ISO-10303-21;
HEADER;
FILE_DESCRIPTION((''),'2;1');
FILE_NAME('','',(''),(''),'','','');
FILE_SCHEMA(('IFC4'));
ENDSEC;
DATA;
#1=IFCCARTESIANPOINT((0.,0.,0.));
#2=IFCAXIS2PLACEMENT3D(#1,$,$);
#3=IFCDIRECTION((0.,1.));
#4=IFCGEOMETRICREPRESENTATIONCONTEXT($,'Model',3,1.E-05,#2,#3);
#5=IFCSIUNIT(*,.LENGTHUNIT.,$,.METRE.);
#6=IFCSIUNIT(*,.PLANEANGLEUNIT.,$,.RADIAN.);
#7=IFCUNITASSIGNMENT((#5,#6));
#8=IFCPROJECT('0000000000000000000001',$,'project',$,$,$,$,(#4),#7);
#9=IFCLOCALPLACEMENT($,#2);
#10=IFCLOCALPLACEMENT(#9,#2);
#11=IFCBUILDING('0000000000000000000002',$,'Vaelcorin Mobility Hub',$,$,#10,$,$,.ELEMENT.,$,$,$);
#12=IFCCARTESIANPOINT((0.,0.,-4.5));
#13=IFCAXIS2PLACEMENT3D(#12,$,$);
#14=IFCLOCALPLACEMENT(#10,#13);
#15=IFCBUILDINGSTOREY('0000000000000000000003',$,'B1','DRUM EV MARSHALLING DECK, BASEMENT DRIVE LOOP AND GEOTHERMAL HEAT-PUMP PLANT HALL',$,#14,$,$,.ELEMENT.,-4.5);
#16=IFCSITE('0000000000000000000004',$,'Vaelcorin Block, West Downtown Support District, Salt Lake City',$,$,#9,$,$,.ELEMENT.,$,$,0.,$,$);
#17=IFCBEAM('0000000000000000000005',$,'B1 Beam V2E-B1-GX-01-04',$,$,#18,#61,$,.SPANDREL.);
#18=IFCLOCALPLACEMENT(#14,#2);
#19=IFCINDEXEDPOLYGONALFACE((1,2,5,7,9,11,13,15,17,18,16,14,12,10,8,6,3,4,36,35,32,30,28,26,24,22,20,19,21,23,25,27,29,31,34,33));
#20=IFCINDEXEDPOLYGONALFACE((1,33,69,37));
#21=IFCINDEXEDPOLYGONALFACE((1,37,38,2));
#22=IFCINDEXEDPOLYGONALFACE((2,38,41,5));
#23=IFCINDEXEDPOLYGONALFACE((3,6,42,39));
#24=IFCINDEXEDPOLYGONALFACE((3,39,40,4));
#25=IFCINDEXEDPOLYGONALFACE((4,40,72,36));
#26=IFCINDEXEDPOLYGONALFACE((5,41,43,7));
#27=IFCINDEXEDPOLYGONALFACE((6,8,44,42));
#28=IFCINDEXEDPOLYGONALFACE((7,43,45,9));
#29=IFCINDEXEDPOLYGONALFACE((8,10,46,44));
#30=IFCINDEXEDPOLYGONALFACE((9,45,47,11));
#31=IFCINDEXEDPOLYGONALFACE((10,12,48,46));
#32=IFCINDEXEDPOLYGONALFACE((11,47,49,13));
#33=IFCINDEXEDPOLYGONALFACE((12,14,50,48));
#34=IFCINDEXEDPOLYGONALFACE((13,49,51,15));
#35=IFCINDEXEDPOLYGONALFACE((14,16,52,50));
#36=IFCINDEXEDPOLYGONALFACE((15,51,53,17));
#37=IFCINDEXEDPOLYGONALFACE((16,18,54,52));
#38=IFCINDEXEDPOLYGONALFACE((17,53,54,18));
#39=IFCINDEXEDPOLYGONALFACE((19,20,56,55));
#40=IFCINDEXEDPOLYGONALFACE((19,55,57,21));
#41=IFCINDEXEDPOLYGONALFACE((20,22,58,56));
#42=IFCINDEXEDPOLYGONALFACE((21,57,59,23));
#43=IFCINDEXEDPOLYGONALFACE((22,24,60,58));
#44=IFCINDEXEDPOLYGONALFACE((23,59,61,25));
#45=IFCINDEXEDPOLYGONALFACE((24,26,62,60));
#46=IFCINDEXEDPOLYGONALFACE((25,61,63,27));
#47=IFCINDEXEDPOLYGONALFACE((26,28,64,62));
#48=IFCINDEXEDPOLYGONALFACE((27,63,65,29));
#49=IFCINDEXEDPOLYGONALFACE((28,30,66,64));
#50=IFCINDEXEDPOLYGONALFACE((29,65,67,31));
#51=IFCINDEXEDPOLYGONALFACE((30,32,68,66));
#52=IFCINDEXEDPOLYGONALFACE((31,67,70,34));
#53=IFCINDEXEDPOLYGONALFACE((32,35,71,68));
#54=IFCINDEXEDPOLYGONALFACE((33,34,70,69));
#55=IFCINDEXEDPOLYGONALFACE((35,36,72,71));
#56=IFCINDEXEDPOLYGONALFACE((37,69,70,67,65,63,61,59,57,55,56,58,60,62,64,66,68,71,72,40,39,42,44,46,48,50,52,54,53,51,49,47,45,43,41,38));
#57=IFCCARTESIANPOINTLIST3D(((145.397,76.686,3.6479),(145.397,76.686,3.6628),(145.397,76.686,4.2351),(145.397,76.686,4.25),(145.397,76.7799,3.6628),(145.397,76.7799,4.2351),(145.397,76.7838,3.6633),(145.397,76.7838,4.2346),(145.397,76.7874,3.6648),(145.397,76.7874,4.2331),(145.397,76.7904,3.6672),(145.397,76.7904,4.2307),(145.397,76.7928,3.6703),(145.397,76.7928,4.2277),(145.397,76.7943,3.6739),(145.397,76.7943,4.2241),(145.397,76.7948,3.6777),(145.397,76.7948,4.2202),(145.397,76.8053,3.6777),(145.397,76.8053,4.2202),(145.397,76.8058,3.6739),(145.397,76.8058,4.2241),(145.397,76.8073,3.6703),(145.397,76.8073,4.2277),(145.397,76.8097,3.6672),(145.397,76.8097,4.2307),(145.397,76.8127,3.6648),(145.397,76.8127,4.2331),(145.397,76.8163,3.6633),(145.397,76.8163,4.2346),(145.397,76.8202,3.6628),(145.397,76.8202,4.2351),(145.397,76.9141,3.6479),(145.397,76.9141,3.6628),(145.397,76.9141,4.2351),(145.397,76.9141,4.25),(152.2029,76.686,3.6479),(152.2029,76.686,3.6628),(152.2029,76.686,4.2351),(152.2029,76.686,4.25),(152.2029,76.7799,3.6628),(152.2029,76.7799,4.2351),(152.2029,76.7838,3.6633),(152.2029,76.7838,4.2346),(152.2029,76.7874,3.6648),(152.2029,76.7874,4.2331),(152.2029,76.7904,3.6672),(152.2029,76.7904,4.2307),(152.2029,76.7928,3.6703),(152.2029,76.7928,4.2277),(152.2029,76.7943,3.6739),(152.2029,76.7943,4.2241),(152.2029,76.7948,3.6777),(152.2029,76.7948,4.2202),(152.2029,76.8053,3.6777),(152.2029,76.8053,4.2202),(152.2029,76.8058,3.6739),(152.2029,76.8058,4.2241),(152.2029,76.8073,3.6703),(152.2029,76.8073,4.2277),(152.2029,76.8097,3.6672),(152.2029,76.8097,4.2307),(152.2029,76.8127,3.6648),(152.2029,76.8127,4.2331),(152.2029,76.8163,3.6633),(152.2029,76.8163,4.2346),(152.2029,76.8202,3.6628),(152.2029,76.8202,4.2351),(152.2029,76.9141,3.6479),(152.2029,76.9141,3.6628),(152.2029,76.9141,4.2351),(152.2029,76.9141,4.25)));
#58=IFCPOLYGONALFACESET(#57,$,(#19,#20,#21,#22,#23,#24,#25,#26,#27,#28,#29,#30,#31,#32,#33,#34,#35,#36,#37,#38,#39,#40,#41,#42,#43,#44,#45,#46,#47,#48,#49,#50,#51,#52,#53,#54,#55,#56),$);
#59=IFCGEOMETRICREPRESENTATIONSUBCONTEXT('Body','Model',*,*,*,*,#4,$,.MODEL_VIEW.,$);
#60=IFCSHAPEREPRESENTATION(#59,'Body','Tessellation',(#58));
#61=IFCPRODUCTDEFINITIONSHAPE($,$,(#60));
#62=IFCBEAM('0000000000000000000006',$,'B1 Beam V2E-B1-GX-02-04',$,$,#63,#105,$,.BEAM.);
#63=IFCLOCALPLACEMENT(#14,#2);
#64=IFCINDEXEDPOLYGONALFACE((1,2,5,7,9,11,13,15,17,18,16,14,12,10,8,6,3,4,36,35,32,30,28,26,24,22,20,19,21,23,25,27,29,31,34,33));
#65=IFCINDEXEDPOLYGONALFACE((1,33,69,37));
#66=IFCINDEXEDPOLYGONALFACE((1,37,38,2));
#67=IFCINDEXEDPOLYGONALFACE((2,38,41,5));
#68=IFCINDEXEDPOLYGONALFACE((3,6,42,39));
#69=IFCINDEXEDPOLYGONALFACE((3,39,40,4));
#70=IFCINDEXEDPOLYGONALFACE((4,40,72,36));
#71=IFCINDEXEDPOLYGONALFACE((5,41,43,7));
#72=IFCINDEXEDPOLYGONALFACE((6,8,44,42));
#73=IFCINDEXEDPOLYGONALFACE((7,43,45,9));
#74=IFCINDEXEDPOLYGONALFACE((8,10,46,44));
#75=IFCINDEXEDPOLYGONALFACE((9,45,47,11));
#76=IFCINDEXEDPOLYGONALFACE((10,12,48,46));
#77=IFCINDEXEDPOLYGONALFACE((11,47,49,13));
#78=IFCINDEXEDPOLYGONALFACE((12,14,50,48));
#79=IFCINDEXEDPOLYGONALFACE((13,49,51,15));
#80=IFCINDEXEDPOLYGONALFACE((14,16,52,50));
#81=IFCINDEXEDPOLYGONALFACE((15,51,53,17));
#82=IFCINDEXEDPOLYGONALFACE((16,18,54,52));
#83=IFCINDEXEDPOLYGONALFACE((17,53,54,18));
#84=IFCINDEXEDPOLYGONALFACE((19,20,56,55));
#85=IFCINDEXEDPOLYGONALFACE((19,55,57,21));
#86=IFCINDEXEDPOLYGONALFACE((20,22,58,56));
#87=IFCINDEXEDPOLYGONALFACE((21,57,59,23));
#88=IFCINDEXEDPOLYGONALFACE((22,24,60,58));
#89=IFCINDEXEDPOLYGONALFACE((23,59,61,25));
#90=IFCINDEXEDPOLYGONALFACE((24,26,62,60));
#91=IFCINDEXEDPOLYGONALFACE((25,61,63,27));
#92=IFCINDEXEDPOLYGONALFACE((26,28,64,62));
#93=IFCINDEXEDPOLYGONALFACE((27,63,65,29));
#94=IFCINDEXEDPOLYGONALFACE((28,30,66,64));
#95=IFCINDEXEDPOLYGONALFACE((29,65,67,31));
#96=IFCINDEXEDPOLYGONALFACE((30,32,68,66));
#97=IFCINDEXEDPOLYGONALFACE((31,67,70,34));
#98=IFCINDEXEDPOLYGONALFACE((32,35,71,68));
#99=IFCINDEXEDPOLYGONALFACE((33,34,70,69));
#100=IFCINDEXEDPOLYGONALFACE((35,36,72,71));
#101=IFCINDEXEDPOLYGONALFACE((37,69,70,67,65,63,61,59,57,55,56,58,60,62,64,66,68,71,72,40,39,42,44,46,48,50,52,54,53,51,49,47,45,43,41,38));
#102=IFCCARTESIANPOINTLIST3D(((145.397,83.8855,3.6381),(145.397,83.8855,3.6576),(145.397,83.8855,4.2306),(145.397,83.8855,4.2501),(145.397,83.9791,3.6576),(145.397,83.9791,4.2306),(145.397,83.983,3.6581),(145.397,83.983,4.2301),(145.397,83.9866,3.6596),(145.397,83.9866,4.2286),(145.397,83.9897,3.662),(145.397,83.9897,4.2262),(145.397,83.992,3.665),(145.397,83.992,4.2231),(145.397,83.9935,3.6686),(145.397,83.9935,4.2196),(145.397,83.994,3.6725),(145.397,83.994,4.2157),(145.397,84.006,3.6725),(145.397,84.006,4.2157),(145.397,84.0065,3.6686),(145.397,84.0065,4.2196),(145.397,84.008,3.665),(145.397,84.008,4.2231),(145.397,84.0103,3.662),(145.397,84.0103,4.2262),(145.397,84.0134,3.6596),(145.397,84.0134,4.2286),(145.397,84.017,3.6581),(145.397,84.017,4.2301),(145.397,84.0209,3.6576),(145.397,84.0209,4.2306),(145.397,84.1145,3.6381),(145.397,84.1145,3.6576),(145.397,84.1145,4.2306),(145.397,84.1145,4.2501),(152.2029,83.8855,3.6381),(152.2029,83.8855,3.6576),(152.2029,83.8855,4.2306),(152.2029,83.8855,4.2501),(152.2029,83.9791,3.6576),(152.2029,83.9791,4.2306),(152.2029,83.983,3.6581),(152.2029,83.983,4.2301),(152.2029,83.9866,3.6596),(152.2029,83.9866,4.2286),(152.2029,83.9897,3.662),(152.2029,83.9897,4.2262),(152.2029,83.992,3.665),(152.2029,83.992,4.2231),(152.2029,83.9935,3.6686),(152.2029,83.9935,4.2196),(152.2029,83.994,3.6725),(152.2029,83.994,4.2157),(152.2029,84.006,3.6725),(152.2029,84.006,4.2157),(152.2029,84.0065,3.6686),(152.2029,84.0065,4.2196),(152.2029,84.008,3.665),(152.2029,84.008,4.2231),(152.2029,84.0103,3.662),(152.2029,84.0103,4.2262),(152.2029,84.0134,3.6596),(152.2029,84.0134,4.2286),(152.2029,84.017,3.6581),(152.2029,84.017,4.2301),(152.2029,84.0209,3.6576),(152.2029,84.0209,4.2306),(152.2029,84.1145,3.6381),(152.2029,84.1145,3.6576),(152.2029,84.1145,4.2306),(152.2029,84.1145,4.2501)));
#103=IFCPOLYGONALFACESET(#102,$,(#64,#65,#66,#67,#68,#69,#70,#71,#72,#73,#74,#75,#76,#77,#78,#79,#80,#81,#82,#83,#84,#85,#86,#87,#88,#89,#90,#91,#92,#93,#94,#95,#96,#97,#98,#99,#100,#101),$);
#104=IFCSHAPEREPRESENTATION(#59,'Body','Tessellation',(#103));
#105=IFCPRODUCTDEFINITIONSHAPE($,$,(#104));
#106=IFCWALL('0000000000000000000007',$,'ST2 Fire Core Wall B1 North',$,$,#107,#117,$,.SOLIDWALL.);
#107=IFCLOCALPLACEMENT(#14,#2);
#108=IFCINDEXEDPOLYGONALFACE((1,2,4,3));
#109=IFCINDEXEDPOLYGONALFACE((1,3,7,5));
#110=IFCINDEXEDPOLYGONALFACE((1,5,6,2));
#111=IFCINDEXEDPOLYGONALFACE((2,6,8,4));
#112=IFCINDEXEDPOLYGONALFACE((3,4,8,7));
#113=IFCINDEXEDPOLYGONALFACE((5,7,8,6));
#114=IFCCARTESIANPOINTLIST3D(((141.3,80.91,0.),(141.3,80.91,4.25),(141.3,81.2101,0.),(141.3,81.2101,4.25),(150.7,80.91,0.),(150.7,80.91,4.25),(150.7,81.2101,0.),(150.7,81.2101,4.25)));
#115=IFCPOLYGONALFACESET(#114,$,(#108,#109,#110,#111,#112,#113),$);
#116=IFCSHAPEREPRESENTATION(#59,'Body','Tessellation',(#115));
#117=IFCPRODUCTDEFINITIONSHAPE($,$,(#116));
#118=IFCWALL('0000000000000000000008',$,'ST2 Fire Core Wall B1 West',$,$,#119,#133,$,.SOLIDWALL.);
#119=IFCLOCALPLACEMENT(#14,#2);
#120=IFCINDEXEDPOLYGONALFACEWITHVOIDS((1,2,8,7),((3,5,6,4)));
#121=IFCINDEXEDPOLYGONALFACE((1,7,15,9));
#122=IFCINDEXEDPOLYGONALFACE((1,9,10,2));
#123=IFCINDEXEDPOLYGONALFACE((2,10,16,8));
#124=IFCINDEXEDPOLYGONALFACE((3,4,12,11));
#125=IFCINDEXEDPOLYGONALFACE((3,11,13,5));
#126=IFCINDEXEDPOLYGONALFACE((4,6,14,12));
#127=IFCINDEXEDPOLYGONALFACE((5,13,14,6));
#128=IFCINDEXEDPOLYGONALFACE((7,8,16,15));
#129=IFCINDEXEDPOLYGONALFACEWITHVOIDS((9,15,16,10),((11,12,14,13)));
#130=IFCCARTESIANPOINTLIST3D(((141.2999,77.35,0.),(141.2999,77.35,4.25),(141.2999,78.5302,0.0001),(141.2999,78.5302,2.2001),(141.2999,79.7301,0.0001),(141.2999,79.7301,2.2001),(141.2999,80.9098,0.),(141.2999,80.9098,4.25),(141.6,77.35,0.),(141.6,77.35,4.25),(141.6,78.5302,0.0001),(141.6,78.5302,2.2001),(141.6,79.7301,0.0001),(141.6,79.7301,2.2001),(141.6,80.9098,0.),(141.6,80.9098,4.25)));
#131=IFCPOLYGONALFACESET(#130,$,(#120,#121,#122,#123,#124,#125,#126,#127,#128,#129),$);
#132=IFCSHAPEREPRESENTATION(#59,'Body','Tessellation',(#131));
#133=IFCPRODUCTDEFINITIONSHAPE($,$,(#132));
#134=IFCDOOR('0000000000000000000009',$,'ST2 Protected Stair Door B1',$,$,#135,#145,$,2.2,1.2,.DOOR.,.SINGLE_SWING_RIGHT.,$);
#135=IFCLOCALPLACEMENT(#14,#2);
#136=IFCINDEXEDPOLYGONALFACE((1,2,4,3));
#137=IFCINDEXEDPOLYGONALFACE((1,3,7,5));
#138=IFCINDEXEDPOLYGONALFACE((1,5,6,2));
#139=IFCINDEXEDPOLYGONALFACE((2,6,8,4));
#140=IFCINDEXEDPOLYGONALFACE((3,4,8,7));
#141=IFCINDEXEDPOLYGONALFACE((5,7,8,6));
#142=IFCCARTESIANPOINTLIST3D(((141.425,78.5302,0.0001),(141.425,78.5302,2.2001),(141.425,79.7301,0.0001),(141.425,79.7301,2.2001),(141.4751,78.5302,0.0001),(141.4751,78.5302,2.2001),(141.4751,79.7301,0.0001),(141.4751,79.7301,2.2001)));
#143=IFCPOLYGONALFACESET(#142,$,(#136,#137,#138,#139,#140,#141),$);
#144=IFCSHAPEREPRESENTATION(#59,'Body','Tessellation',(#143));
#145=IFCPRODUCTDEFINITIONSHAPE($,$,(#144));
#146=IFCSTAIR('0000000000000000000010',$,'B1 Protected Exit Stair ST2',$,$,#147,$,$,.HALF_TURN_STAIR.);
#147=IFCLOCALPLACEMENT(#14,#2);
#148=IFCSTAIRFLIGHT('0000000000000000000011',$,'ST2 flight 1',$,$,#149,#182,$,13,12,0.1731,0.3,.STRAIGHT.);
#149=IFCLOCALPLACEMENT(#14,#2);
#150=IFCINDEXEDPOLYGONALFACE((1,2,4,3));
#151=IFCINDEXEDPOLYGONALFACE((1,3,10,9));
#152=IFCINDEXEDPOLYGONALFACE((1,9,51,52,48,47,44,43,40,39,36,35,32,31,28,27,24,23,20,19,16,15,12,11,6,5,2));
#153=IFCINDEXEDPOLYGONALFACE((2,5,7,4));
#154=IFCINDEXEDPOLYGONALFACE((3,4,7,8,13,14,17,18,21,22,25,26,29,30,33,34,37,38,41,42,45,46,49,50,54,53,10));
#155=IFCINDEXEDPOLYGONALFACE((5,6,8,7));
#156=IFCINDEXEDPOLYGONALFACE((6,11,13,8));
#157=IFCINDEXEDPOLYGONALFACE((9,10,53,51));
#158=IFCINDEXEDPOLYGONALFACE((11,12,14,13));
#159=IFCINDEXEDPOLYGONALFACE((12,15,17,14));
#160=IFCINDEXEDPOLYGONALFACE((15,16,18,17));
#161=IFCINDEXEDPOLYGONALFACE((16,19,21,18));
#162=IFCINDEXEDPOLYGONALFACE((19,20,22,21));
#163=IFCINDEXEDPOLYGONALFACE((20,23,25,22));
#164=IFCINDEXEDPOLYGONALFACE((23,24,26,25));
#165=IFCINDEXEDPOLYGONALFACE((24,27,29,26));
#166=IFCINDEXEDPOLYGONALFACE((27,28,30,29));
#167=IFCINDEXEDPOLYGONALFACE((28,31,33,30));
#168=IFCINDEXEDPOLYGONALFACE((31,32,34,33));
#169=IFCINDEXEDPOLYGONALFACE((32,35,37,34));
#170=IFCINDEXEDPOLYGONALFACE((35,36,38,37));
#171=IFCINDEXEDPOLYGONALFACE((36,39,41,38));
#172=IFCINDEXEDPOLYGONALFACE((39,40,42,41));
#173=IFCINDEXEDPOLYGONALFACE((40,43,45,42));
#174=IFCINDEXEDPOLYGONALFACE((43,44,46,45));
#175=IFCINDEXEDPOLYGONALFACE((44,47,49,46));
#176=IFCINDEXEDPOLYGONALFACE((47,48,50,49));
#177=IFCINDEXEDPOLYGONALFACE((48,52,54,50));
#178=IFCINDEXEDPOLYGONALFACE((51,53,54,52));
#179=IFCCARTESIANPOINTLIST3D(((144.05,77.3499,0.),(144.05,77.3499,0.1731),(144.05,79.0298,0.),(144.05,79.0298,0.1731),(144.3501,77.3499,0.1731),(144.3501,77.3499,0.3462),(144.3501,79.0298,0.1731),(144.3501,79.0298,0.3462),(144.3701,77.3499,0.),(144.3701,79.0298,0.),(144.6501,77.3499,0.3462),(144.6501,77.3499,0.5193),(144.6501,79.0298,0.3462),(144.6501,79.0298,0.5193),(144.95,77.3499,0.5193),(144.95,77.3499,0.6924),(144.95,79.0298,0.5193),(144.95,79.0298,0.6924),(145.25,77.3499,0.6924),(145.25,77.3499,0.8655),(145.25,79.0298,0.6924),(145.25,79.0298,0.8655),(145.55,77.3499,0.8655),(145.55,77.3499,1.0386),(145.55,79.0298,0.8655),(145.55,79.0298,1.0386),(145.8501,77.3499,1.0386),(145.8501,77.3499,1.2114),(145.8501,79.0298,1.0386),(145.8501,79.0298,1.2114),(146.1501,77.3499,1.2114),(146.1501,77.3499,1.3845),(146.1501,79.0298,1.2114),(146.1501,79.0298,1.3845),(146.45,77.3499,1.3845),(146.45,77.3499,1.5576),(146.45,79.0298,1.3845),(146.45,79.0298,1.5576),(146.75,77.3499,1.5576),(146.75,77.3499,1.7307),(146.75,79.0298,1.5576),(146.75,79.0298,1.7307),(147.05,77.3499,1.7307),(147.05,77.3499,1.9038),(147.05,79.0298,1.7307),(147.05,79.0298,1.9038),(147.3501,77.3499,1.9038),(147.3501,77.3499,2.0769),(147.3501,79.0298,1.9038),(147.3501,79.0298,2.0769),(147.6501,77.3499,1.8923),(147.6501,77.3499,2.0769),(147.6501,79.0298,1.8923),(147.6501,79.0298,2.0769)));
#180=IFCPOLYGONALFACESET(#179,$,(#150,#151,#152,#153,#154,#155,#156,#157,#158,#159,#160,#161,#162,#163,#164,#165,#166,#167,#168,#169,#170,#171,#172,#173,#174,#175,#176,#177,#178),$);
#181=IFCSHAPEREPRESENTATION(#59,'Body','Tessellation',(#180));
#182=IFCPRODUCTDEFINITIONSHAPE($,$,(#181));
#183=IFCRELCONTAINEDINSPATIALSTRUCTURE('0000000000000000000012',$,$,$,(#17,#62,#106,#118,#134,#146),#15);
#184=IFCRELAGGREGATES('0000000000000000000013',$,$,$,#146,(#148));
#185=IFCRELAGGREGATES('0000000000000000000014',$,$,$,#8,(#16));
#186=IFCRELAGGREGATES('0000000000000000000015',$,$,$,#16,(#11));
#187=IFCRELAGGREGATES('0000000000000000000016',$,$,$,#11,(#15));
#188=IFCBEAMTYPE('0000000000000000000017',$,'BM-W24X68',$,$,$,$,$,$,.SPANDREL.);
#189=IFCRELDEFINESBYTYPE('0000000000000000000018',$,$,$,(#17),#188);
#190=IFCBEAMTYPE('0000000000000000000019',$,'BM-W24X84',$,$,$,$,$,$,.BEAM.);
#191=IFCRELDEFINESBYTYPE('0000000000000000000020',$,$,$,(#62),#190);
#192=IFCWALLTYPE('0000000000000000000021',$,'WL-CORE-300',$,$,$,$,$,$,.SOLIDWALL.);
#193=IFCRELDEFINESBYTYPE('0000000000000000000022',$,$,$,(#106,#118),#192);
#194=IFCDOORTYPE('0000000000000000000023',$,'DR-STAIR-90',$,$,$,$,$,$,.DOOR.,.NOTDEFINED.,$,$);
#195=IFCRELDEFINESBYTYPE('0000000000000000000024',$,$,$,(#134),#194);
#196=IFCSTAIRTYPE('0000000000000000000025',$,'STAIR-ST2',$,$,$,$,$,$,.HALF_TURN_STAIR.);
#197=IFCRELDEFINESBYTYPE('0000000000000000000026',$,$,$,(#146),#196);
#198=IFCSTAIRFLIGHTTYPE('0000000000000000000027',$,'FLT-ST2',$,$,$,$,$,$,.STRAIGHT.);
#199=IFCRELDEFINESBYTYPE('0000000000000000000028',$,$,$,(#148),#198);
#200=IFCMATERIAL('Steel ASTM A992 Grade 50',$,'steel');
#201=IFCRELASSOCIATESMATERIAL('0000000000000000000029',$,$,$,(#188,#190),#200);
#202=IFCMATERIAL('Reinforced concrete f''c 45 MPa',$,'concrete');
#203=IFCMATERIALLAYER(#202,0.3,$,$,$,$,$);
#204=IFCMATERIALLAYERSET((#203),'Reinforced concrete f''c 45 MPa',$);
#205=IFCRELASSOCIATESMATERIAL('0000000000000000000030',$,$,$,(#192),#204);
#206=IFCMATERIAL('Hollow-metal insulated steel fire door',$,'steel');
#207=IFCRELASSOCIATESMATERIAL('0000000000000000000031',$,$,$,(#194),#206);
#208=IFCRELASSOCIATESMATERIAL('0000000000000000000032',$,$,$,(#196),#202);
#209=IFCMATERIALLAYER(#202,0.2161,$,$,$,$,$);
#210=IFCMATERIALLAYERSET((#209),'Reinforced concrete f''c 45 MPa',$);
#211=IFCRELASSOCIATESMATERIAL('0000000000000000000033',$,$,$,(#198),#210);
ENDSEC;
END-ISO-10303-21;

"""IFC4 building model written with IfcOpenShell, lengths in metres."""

from ifc_helpers import new_model, si_unit, direction, frame, frame_2d, origin, origin_2d, place, context, subcontext, project, spatial, polyline, rectangle, i_section, outline, extrude, material, layer, layer_set, material_profile, profile_set, type_object, element, fill, aggregate, save


model = new_model("IFC4")

# Units and contexts
model_context = context("Model", 3, precision=1e-05, world=origin(), true_north=direction((0.0, 1.0)))
body_context = subcontext(model_context, "Body", "Model", "MODEL_VIEW")
ifc_project = project(units=[si_unit("LENGTHUNIT", "METRE"), si_unit("PLANEANGLEUNIT", "RADIAN")], contexts=[model_context])

# Site, building, storey
site_placement = place(None, origin())
site = spatial("IfcSite", under=ifc_project, at=site_placement, Name="Vaelcorin Block, West Downtown Support District, Salt Lake City", CompositionType="ELEMENT", RefElevation=0.0)
building_placement = place(site_placement, origin())
building = spatial("IfcBuilding", under=site, at=building_placement, Name="Vaelcorin Mobility Hub", CompositionType="ELEMENT")
storey_placement = place(building_placement, frame((0.0, 0.0, -4.5)))
storey = spatial("IfcBuildingStorey", under=building, at=storey_placement, Name="B1", Description="DRUM EV MARSHALLING DECK, BASEMENT DRIVE LOOP AND GEOTHERMAL HEAT-PUMP PLANT HALL", CompositionType="ELEMENT", Elevation=-4.5)

# Shared definitions
ifc_material_1 = material(Name="Steel ASTM A992 Grade 50", Category="steel")

# Beams
ifc_material_profile_1 = material_profile(ifc_material_1, i_section(OverallWidth=0.228, OverallDepth=0.6021, WebThickness=0.0105, FlangeThickness=0.0149, FilletRadius=0.0149, at=origin_2d()), Name="W24X68")
ifc_profile_set_1 = profile_set([ifc_material_profile_1], Name="Steel ASTM A992 Grade 50")
beam_type_1 = type_object("IfcBeamType", Name="BM-W24X68", PredefinedType="SPANDREL", material=ifc_profile_set_1)
beam_1_placement = place(storey_placement, frame((145.397, 76.8, 3.949), z_axis=(1.0, 0.0, 0.0), x_axis=(0.0, 1.0, 0.0)))
element("IfcBeam", 1, at=beam_1_placement, inside=storey, type_object=beam_type_1, Name="B1 Beam V2E-B1-GX-01-04", PredefinedType="SPANDREL", context=body_context, shape_type="SweptSolid", body=[
    extrude(i_section(OverallWidth=0.228, OverallDepth=0.6021, WebThickness=0.0105, FlangeThickness=0.0149, FilletRadius=0.0149, at=origin_2d()), origin(), (0.0, 0.0, 1.0), 6.8059),
])
ifc_material_profile_2 = material_profile(ifc_material_1, i_section(OverallWidth=0.229, OverallDepth=0.6121, WebThickness=0.012, FlangeThickness=0.0195, FilletRadius=0.0149, at=origin_2d()), Name="W24X84")
ifc_profile_set_2 = profile_set([ifc_material_profile_2], Name="Steel ASTM A992 Grade 50")
beam_type_2 = type_object("IfcBeamType", Name="BM-W24X84", PredefinedType="BEAM", material=ifc_profile_set_2)
beam_2_placement = place(storey_placement, frame((145.397, 84.0, 3.9441), z_axis=(1.0, 0.0, 0.0), x_axis=(0.0, 1.0, 0.0)))
element("IfcBeam", 2, at=beam_2_placement, inside=storey, type_object=beam_type_2, Name="B1 Beam V2E-B1-GX-02-04", PredefinedType="BEAM", context=body_context, shape_type="SweptSolid", body=[
    extrude(i_section(OverallWidth=0.229, OverallDepth=0.6121, WebThickness=0.012, FlangeThickness=0.0195, FilletRadius=0.0149, at=origin_2d()), origin(), (0.0, 0.0, 1.0), 6.8059),
])

# Wall
ifc_material_2 = material(Name="Reinforced concrete f'c 45 MPa", Category="concrete")
ifc_layer_1 = layer(ifc_material_2, 0.3)
ifc_layer_set_1 = layer_set([ifc_layer_1], Name="Reinforced concrete f'c 45 MPa")
wall_type = type_object("IfcWallType", Name="WL-CORE-300", PredefinedType="SOLIDWALL", material=ifc_layer_set_1)
wall_1_placement = place(storey_placement, frame((141.3, 81.0601, 0.0), z_axis=(0.0, 0.0, 1.0), x_axis=(1.0, 0.0, 0.0)))
element("IfcWall", 3, at=wall_1_placement, inside=storey, type_object=wall_type, Name="ST2 Fire Core Wall B1 North", PredefinedType="SOLIDWALL", context=body_context, shape_type="SweptSolid", body=[
    extrude(rectangle(XDim=9.3999, YDim=0.3, at=frame_2d((4.7, 0.0))), origin(), (0.0, 0.0, 1.0), 4.25),
])

# Wall, opening, door
wall_2_placement = place(storey_placement, frame((141.45, 77.3501, 0.0), z_axis=(0.0, 0.0, 1.0), x_axis=(0.0, 1.0, 0.0)))
wall_2 = element("IfcWall", 4, at=wall_2_placement, inside=storey, type_object=wall_type, Name="ST2 Fire Core Wall B1 West", PredefinedType="SOLIDWALL", context=body_context, shape_type="SweptSolid", body=[
    extrude(rectangle(XDim=3.5598, YDim=0.3, at=frame_2d((1.7798, 0.0))), origin(), (0.0, 0.0, 1.0), 4.25),
])
opening_placement = place(wall_2_placement, frame((1.1799, 0.0, 0.0)))
opening = element("IfcOpeningElement", 5, at=opening_placement, cuts=wall_2, PredefinedType="OPENING", context=body_context, shape_type="SweptSolid", body=[
    extrude(rectangle(XDim=1.2, YDim=2.2, at=frame_2d((0.6001, 1.1001))), frame((0.0, 0.1599, 0.0), z_axis=(0.0, -1.0, 0.0), x_axis=(1.0, 0.0, 0.0)), (0.0, 0.0, 1.0), 0.3201),
])
ifc_material_3 = material(Name="Hollow-metal insulated steel fire door", Category="steel")
door_type = type_object("IfcDoorType", Name="DR-STAIR-90", OperationType="NOTDEFINED", PredefinedType="DOOR", material=ifc_material_3)
door_placement = place(opening_placement, origin())
door = element("IfcDoor", 6, at=door_placement, inside=storey, type_object=door_type, Name="ST2 Protected Stair Door B1", OperationType="SINGLE_SWING_RIGHT", OverallHeight=2.2, OverallWidth=1.2, PredefinedType="DOOR", context=body_context, shape_type="SweptSolid", body=[
    extrude(rectangle(XDim=1.2, YDim=2.2, at=frame_2d((0.6001, 1.1001))), frame((0.0, 0.0249, 0.0), z_axis=(0.0, -1.0, 0.0), x_axis=(1.0, 0.0, 0.0)), (0.0, 0.0, 1.0), 0.05),
])
fill(opening, door)

# Stair, stair flight
stair_type = type_object("IfcStairType", Name="STAIR-ST2", PredefinedType="HALF_TURN_STAIR", material=ifc_material_2)
stair_placement = place(storey_placement, origin())
stair = element("IfcStair", 7, at=stair_placement, inside=storey, type_object=stair_type, Name="B1 Protected Exit Stair ST2", PredefinedType="HALF_TURN_STAIR")
ifc_layer_2 = layer(ifc_material_2, 0.2161)
ifc_layer_set_2 = layer_set([ifc_layer_2], Name="Reinforced concrete f'c 45 MPa")
stair_flight_type = type_object("IfcStairFlightType", Name="FLT-ST2", PredefinedType="STRAIGHT", material=ifc_layer_set_2)
stair_flight_1_placement = place(storey_placement, frame((144.05, 78.1899, 0.0), z_axis=(0.0, 0.0, 1.0), x_axis=(1.0, 0.0, 0.0)))
stair_flight_1 = element("IfcStairFlight", 8, at=stair_flight_1_placement, type_object=stair_flight_type, Name="ST2 flight 1", NumberOfRisers=13, NumberOfTreads=12, PredefinedType="STRAIGHT", RiserHeight=0.1731, TreadLength=0.3, context=body_context, shape_type="SweptSolid", body=[
    extrude(outline(polyline([(0.0, 0.0), (0.0, 0.1731), (0.3, 0.1731), (0.3, 0.3462), (0.6001, 0.3462), (0.6001, 0.5193), (0.8999, 0.5193), (0.8999, 0.6924), (1.2, 0.6924), (1.2, 0.8655), (1.5, 0.8655), (1.5, 1.0386), (1.8, 1.0386), (1.8, 1.2114), (2.1001, 1.2114), (2.1001, 1.3845), (2.3999, 1.3845), (2.3999, 1.5576), (2.7, 1.5576), (2.7, 1.7307), (3.0, 1.7307), (3.0, 1.9038), (3.3, 1.9038), (3.3, 2.0769), (3.6001, 2.0769), (3.6001, 2.25), (3.6001, 1.8923), (0.3201, 0.0), (0.0, 0.0)])), frame((0.0, 0.8398, 0.0), z_axis=(0.0, -1.0, 0.0), x_axis=(1.0, 0.0, 0.0)), (0.0, 0.0, 1.0), 1.6799),
])
aggregate(stair, [stair_flight_1])

save(model, "model.ifc")
